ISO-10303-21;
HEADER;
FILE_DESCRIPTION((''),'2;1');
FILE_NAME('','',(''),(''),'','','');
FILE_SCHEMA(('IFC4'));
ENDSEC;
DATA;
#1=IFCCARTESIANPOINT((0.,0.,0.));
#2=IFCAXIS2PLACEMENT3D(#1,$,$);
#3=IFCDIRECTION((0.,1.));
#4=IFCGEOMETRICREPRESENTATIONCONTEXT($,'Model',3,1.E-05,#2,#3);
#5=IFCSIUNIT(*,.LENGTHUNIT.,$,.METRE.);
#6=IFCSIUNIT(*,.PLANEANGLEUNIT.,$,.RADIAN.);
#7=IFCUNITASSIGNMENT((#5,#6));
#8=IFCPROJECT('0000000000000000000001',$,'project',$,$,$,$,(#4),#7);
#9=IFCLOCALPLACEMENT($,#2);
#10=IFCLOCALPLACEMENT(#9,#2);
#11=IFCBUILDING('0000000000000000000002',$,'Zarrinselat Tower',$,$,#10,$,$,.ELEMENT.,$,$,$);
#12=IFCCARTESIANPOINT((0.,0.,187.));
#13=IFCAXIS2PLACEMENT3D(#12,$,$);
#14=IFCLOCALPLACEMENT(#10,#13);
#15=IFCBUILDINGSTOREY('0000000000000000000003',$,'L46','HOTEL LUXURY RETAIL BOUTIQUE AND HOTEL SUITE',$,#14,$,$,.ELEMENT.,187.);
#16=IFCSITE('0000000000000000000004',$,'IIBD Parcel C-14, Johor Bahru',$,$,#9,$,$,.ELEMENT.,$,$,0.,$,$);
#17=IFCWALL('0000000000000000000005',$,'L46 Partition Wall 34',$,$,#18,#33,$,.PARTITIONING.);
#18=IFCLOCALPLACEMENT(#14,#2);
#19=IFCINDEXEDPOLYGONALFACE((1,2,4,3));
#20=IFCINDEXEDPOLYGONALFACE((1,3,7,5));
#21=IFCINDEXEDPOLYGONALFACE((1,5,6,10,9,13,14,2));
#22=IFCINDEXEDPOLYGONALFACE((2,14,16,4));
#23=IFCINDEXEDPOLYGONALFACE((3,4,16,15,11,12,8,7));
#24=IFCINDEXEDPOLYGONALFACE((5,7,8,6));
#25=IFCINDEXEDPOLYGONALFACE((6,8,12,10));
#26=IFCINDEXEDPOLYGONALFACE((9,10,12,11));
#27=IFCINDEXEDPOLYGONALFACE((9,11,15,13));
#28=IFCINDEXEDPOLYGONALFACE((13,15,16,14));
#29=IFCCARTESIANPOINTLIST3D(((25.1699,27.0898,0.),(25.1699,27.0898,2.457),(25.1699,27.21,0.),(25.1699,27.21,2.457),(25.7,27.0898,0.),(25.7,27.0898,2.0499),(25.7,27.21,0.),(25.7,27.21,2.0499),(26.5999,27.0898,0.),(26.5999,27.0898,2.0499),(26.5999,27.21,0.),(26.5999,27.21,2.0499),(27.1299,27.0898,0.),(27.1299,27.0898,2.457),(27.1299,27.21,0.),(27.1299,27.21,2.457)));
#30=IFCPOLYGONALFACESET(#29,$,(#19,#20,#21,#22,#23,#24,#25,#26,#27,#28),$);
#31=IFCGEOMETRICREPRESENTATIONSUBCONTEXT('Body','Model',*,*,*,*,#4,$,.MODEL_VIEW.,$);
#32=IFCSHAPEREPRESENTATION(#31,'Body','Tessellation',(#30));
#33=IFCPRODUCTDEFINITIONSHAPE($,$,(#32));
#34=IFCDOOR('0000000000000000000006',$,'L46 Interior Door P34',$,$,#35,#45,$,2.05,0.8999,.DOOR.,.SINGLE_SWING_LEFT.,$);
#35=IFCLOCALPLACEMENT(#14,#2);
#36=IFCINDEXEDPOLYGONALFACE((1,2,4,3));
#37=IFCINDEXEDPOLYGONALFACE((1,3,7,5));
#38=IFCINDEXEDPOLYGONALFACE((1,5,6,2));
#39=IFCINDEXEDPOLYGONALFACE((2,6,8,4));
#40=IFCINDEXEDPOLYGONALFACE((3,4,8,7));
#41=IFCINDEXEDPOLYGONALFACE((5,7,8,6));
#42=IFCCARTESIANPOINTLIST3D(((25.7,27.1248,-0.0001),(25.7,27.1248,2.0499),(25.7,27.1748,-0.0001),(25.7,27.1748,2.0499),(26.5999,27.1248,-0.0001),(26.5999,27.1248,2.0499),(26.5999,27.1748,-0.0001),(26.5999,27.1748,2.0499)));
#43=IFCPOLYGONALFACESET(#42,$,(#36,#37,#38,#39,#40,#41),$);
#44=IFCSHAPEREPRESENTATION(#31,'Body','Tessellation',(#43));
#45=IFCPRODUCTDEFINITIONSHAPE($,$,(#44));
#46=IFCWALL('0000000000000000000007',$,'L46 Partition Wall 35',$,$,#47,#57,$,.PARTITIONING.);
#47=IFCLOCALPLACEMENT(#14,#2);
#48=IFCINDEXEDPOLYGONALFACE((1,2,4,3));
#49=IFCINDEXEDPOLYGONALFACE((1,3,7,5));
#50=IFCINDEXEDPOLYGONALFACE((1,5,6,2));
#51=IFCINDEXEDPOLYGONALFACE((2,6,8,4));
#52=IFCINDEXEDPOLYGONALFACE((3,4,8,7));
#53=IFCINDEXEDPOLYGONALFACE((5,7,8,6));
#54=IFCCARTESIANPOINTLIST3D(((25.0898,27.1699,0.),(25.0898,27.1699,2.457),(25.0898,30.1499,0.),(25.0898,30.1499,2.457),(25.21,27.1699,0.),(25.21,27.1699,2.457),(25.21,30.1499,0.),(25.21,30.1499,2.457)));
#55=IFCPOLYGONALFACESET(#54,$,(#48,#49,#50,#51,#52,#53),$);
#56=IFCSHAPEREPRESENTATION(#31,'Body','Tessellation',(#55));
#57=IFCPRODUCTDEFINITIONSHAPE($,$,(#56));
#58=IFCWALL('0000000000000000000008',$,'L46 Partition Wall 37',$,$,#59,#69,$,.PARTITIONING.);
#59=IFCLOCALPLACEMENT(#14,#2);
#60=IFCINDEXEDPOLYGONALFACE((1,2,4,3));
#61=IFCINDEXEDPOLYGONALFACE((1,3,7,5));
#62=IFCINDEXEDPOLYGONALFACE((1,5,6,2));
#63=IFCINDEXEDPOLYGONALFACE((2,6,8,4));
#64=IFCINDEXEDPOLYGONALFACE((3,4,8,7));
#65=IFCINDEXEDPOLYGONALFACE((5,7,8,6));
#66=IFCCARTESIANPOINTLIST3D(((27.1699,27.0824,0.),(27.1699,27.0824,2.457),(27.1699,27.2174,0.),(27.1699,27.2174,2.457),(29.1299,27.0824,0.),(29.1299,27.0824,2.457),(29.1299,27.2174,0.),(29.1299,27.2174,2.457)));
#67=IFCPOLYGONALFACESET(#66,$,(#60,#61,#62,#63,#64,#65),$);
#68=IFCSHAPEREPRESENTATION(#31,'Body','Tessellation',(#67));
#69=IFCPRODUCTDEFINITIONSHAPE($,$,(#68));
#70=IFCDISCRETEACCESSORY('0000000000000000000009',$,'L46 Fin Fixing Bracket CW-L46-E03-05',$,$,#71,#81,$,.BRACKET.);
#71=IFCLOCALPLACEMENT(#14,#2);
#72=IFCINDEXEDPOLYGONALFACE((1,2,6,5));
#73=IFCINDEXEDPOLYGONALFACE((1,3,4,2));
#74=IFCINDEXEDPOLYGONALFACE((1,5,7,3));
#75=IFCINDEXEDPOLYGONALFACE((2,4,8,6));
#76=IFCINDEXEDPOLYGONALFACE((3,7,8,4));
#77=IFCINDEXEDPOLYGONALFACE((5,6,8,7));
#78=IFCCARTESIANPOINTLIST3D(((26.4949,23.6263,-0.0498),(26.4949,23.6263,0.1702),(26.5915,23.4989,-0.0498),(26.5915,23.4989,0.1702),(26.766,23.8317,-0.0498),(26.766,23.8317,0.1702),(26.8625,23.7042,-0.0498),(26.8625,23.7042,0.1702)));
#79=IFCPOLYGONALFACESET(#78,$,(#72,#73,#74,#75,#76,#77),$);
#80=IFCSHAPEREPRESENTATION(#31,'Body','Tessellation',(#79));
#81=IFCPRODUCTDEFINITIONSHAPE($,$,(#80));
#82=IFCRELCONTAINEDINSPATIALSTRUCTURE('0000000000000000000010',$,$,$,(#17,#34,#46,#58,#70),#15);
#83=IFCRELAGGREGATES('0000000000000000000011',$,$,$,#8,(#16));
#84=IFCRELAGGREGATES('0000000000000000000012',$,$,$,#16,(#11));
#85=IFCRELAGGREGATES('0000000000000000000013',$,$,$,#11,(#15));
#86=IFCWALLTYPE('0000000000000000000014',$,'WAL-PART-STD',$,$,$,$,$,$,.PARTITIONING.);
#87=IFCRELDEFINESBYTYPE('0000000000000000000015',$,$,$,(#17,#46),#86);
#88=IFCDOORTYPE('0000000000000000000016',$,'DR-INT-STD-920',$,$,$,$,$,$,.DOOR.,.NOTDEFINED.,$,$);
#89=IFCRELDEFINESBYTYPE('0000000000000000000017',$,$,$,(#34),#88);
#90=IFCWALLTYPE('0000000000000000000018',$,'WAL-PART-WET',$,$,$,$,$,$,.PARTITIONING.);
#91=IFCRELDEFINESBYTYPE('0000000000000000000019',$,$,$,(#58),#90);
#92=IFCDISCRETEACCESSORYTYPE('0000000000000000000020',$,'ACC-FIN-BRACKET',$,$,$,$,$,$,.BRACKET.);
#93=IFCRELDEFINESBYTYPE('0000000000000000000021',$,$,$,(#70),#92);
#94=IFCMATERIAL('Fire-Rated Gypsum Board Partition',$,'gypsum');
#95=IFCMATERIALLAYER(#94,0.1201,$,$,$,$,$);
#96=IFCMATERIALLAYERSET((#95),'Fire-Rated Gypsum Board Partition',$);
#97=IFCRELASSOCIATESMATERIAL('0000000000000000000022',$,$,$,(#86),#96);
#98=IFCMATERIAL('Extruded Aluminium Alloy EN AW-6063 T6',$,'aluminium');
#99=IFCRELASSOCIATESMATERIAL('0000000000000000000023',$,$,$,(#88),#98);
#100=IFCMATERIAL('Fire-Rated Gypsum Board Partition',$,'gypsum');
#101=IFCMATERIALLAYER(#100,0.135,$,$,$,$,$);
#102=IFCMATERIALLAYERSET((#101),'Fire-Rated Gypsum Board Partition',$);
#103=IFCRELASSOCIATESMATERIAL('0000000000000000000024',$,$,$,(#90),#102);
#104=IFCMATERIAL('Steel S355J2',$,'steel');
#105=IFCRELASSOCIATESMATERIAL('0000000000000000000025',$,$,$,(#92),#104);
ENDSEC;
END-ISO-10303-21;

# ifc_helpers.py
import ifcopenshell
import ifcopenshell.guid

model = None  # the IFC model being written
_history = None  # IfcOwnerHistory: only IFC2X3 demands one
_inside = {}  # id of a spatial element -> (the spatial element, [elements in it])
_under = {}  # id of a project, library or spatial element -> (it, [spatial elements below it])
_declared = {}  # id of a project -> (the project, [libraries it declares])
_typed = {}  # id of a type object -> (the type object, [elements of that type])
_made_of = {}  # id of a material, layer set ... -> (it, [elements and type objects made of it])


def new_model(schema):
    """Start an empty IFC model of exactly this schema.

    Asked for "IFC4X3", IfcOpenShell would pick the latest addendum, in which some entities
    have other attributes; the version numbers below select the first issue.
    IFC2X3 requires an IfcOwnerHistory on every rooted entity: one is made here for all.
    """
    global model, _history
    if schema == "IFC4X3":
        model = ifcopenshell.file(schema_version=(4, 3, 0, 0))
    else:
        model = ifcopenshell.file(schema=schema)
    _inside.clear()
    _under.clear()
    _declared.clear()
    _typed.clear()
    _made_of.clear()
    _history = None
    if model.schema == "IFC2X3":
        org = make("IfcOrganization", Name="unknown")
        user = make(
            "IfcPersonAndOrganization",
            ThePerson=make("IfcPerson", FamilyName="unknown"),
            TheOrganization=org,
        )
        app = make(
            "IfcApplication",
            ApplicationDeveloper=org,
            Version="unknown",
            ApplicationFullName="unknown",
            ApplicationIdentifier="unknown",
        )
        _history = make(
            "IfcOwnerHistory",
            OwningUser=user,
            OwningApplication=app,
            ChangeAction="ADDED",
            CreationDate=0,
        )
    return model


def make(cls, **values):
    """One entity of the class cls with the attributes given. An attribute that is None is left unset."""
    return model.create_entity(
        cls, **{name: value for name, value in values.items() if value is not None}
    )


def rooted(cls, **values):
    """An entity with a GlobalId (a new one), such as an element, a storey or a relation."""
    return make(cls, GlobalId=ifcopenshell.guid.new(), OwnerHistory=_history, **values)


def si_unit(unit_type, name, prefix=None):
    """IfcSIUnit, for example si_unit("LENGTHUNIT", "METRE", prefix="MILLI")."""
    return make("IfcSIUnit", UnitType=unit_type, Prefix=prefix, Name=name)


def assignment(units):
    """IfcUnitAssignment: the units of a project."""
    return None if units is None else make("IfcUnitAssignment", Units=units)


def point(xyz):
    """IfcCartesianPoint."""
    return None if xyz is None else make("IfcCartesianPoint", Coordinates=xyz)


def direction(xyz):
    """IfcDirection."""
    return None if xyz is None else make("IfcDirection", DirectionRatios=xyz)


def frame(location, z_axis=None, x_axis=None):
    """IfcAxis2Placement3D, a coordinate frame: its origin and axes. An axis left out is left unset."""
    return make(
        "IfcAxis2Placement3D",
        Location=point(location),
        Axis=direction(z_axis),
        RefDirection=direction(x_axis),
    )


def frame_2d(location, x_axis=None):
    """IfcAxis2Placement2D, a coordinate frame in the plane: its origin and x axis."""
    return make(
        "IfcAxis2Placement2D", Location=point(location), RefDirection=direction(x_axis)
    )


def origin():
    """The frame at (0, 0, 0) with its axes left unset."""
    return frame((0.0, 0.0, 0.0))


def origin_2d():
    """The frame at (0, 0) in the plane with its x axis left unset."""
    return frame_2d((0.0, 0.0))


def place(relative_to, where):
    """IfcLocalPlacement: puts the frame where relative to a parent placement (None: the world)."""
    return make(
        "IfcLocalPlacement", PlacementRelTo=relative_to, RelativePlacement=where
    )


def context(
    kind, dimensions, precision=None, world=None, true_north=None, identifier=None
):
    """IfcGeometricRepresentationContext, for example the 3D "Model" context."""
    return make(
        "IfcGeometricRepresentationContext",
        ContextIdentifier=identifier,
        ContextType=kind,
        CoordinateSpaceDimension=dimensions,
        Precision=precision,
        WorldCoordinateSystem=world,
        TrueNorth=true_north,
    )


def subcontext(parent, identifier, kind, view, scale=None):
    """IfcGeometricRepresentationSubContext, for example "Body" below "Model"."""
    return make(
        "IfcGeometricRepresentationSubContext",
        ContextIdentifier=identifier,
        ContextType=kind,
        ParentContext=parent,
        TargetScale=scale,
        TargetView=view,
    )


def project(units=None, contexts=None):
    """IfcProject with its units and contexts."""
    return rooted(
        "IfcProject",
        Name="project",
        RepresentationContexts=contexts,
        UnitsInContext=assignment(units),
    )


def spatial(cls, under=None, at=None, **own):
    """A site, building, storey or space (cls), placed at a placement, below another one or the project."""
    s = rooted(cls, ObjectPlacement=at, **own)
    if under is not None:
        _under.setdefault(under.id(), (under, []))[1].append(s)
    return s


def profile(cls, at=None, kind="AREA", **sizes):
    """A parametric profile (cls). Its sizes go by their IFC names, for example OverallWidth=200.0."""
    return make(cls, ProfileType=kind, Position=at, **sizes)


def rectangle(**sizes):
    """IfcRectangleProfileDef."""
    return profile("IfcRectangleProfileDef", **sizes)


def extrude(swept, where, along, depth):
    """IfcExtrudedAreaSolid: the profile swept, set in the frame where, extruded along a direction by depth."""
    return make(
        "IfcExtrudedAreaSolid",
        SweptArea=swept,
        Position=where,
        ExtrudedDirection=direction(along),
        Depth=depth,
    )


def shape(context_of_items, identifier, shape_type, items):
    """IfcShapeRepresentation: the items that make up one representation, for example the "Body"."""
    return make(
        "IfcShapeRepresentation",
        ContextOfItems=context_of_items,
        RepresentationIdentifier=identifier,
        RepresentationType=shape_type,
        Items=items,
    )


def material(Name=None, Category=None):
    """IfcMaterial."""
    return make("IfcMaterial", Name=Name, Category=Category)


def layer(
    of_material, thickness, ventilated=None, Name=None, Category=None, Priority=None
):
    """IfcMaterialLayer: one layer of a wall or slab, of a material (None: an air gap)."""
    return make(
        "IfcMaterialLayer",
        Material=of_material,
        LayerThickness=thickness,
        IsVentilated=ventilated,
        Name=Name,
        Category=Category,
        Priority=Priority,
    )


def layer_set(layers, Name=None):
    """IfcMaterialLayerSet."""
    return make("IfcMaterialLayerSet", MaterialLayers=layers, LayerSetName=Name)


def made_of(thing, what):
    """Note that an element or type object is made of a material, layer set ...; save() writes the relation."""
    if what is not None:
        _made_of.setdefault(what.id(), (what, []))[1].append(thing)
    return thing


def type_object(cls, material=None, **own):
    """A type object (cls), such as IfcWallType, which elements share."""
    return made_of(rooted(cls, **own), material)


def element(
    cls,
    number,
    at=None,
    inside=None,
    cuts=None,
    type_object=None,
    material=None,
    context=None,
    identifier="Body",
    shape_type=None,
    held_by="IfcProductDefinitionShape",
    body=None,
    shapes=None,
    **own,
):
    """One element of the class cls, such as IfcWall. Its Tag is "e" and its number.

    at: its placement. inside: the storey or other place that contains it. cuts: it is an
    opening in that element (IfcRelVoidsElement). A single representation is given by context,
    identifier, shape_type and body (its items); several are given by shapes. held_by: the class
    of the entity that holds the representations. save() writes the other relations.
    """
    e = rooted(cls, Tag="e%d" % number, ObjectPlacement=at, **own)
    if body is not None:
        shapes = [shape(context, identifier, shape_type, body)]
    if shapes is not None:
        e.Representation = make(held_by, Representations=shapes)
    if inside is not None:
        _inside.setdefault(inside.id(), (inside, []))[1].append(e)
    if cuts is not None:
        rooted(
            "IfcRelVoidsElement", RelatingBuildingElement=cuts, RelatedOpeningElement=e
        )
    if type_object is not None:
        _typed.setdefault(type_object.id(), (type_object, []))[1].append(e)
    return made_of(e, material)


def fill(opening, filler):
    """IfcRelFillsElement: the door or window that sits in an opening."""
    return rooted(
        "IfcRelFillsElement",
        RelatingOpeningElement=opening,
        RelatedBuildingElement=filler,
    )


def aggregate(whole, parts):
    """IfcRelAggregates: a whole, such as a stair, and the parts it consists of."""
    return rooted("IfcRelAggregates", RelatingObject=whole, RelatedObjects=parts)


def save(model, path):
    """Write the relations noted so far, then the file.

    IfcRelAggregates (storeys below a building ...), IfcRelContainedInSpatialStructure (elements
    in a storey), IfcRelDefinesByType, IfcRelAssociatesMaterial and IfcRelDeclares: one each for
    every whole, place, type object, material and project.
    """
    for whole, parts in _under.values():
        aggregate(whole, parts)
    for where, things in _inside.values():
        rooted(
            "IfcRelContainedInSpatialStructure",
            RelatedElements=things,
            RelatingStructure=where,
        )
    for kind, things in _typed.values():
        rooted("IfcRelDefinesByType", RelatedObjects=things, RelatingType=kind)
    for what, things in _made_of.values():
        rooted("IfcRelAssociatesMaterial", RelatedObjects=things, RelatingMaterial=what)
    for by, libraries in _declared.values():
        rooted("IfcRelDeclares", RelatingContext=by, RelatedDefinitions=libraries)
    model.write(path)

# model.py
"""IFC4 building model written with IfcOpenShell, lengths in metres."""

from ifc_helpers import new_model, si_unit, direction, frame, frame_2d, origin, origin_2d, place, context, subcontext, project, spatial, rectangle, extrude, material, layer, layer_set, type_object, element, fill, save


model = new_model("IFC4")

# Units and contexts
model_context = context("Model", 3, precision=1e-05, world=origin(), true_north=direction((0.0, 1.0)))
body_context = subcontext(model_context, "Body", "Model", "MODEL_VIEW")
ifc_project = project(units=[si_unit("LENGTHUNIT", "METRE"), si_unit("PLANEANGLEUNIT", "RADIAN")], contexts=[model_context])

# Site, building, storey
site_placement = place(None, origin())
site = spatial("IfcSite", under=ifc_project, at=site_placement, Name="IIBD Parcel C-14, Johor Bahru", CompositionType="ELEMENT", RefElevation=0.0)
building_placement = place(site_placement, origin())
building = spatial("IfcBuilding", under=site, at=building_placement, Name="Zarrinselat Tower", CompositionType="ELEMENT")
storey_placement = place(building_placement, frame((0.0, 0.0, 187.0)))
storey = spatial("IfcBuildingStorey", under=building, at=storey_placement, Name="L46", Description="HOTEL LUXURY RETAIL BOUTIQUE AND HOTEL SUITE", CompositionType="ELEMENT", Elevation=187.0)

# Wall, opening, door
ifc_material_1 = material(Name="Fire-Rated Gypsum Board Partition", Category="gypsum")
ifc_layer_1 = layer(ifc_material_1, 0.1201)
ifc_layer_set_1 = layer_set([ifc_layer_1], Name="Fire-Rated Gypsum Board Partition")
wall_type_1 = type_object("IfcWallType", Name="WAL-PART-STD", PredefinedType="PARTITIONING", material=ifc_layer_set_1)
wall_1_placement = place(storey_placement, frame((25.1699, 27.1499, 0.0), z_axis=(0.0, 0.0, 1.0), x_axis=(1.0, 0.0, 0.0)))
wall_1 = element("IfcWall", 1, at=wall_1_placement, inside=storey, type_object=wall_type_1, Name="L46 Partition Wall 34", PredefinedType="PARTITIONING", context=body_context, shape_type="SweptSolid", body=[
    extrude(rectangle(XDim=1.96, YDim=0.1201, at=frame_2d((0.98, 0.0))), origin(), (0.0, 0.0, 1.0), 2.457),
])
opening_placement = place(wall_1_placement, frame((0.53, 0.0, 0.0)))
opening = element("IfcOpeningElement", 2, at=opening_placement, cuts=wall_1, PredefinedType="OPENING", context=body_context, shape_type="SweptSolid", body=[
    extrude(rectangle(XDim=0.8999, YDim=2.05, at=frame_2d((0.45, 1.0249))), frame((0.0, 0.0701, 0.0), z_axis=(0.0, -1.0, 0.0), x_axis=(1.0, 0.0, 0.0)), (0.0, 0.0, 1.0), 0.1401),
])
ifc_material_2 = material(Name="Extruded Aluminium Alloy EN AW-6063 T6", Category="aluminium")
door_type = type_object("IfcDoorType", Name="DR-INT-STD-920", OperationType="NOTDEFINED", PredefinedType="DOOR", material=ifc_material_2)
door_placement = place(opening_placement, origin())
door = element("IfcDoor", 3, at=door_placement, inside=storey, type_object=door_type, Name="L46 Interior Door P34", OperationType="SINGLE_SWING_LEFT", OverallHeight=2.05, OverallWidth=0.8999, PredefinedType="DOOR", context=body_context, shape_type="SweptSolid", body=[
    extrude(rectangle(XDim=0.8999, YDim=2.05, at=frame_2d((0.45, 1.0249))), frame((0.0, 0.0249, 0.0), z_axis=(0.0, -1.0, 0.0), x_axis=(1.0, 0.0, 0.0)), (0.0, 0.0, 1.0), 0.05),
])
fill(opening, door)

# Walls
wall_2_placement = place(storey_placement, frame((25.1499, 27.1699, 0.0), z_axis=(0.0, 0.0, 1.0), x_axis=(0.0, 1.0, 0.0)))
element("IfcWall", 4, at=wall_2_placement, inside=storey, type_object=wall_type_1, Name="L46 Partition Wall 35", PredefinedType="PARTITIONING", context=body_context, shape_type="SweptSolid", body=[
    extrude(rectangle(XDim=2.98, YDim=0.1201, at=frame_2d((1.49, 0.0))), origin(), (0.0, 0.0, 1.0), 2.457),
])
ifc_material_3 = material(Name="Fire-Rated Gypsum Board Partition", Category="gypsum")
ifc_layer_2 = layer(ifc_material_3, 0.135)
ifc_layer_set_2 = layer_set([ifc_layer_2], Name="Fire-Rated Gypsum Board Partition")
wall_type_2 = type_object("IfcWallType", Name="WAL-PART-WET", PredefinedType="PARTITIONING", material=ifc_layer_set_2)
wall_3_placement = place(storey_placement, frame((27.1699, 27.1499, 0.0), z_axis=(0.0, 0.0, 1.0), x_axis=(1.0, 0.0, 0.0)))
element("IfcWall", 5, at=wall_3_placement, inside=storey, type_object=wall_type_2, Name="L46 Partition Wall 37", PredefinedType="PARTITIONING", context=body_context, shape_type="SweptSolid", body=[
    extrude(rectangle(XDim=1.96, YDim=0.135, at=frame_2d((0.98, 0.0))), origin(), (0.0, 0.0, 1.0), 2.457),
])

# Discrete accessory
ifc_material_4 = material(Name="Steel S355J2", Category="steel")
discrete_accessory_type = type_object("IfcDiscreteAccessoryType", Name="ACC-FIN-BRACKET", PredefinedType="BRACKET", material=ifc_material_4)
discrete_accessory_placement = place(storey_placement, frame((26.6787, 23.6653, -0.0498), z_axis=(0.0, 0.0, 1.0), x_axis=(-0.797093, -0.603857, 0.0)))
element("IfcDiscreteAccessory", 6, at=discrete_accessory_placement, inside=storey, type_object=discrete_accessory_type, Name="L46 Fin Fixing Bracket CW-L46-E03-05", PredefinedType="BRACKET", context=body_context, shape_type="SweptSolid", body=[
    extrude(rectangle(XDim=0.3401, YDim=0.1599, at=origin_2d()), origin(), (0.0, 0.0, 1.0), 0.22),
])

save(model, "model.ifc")
